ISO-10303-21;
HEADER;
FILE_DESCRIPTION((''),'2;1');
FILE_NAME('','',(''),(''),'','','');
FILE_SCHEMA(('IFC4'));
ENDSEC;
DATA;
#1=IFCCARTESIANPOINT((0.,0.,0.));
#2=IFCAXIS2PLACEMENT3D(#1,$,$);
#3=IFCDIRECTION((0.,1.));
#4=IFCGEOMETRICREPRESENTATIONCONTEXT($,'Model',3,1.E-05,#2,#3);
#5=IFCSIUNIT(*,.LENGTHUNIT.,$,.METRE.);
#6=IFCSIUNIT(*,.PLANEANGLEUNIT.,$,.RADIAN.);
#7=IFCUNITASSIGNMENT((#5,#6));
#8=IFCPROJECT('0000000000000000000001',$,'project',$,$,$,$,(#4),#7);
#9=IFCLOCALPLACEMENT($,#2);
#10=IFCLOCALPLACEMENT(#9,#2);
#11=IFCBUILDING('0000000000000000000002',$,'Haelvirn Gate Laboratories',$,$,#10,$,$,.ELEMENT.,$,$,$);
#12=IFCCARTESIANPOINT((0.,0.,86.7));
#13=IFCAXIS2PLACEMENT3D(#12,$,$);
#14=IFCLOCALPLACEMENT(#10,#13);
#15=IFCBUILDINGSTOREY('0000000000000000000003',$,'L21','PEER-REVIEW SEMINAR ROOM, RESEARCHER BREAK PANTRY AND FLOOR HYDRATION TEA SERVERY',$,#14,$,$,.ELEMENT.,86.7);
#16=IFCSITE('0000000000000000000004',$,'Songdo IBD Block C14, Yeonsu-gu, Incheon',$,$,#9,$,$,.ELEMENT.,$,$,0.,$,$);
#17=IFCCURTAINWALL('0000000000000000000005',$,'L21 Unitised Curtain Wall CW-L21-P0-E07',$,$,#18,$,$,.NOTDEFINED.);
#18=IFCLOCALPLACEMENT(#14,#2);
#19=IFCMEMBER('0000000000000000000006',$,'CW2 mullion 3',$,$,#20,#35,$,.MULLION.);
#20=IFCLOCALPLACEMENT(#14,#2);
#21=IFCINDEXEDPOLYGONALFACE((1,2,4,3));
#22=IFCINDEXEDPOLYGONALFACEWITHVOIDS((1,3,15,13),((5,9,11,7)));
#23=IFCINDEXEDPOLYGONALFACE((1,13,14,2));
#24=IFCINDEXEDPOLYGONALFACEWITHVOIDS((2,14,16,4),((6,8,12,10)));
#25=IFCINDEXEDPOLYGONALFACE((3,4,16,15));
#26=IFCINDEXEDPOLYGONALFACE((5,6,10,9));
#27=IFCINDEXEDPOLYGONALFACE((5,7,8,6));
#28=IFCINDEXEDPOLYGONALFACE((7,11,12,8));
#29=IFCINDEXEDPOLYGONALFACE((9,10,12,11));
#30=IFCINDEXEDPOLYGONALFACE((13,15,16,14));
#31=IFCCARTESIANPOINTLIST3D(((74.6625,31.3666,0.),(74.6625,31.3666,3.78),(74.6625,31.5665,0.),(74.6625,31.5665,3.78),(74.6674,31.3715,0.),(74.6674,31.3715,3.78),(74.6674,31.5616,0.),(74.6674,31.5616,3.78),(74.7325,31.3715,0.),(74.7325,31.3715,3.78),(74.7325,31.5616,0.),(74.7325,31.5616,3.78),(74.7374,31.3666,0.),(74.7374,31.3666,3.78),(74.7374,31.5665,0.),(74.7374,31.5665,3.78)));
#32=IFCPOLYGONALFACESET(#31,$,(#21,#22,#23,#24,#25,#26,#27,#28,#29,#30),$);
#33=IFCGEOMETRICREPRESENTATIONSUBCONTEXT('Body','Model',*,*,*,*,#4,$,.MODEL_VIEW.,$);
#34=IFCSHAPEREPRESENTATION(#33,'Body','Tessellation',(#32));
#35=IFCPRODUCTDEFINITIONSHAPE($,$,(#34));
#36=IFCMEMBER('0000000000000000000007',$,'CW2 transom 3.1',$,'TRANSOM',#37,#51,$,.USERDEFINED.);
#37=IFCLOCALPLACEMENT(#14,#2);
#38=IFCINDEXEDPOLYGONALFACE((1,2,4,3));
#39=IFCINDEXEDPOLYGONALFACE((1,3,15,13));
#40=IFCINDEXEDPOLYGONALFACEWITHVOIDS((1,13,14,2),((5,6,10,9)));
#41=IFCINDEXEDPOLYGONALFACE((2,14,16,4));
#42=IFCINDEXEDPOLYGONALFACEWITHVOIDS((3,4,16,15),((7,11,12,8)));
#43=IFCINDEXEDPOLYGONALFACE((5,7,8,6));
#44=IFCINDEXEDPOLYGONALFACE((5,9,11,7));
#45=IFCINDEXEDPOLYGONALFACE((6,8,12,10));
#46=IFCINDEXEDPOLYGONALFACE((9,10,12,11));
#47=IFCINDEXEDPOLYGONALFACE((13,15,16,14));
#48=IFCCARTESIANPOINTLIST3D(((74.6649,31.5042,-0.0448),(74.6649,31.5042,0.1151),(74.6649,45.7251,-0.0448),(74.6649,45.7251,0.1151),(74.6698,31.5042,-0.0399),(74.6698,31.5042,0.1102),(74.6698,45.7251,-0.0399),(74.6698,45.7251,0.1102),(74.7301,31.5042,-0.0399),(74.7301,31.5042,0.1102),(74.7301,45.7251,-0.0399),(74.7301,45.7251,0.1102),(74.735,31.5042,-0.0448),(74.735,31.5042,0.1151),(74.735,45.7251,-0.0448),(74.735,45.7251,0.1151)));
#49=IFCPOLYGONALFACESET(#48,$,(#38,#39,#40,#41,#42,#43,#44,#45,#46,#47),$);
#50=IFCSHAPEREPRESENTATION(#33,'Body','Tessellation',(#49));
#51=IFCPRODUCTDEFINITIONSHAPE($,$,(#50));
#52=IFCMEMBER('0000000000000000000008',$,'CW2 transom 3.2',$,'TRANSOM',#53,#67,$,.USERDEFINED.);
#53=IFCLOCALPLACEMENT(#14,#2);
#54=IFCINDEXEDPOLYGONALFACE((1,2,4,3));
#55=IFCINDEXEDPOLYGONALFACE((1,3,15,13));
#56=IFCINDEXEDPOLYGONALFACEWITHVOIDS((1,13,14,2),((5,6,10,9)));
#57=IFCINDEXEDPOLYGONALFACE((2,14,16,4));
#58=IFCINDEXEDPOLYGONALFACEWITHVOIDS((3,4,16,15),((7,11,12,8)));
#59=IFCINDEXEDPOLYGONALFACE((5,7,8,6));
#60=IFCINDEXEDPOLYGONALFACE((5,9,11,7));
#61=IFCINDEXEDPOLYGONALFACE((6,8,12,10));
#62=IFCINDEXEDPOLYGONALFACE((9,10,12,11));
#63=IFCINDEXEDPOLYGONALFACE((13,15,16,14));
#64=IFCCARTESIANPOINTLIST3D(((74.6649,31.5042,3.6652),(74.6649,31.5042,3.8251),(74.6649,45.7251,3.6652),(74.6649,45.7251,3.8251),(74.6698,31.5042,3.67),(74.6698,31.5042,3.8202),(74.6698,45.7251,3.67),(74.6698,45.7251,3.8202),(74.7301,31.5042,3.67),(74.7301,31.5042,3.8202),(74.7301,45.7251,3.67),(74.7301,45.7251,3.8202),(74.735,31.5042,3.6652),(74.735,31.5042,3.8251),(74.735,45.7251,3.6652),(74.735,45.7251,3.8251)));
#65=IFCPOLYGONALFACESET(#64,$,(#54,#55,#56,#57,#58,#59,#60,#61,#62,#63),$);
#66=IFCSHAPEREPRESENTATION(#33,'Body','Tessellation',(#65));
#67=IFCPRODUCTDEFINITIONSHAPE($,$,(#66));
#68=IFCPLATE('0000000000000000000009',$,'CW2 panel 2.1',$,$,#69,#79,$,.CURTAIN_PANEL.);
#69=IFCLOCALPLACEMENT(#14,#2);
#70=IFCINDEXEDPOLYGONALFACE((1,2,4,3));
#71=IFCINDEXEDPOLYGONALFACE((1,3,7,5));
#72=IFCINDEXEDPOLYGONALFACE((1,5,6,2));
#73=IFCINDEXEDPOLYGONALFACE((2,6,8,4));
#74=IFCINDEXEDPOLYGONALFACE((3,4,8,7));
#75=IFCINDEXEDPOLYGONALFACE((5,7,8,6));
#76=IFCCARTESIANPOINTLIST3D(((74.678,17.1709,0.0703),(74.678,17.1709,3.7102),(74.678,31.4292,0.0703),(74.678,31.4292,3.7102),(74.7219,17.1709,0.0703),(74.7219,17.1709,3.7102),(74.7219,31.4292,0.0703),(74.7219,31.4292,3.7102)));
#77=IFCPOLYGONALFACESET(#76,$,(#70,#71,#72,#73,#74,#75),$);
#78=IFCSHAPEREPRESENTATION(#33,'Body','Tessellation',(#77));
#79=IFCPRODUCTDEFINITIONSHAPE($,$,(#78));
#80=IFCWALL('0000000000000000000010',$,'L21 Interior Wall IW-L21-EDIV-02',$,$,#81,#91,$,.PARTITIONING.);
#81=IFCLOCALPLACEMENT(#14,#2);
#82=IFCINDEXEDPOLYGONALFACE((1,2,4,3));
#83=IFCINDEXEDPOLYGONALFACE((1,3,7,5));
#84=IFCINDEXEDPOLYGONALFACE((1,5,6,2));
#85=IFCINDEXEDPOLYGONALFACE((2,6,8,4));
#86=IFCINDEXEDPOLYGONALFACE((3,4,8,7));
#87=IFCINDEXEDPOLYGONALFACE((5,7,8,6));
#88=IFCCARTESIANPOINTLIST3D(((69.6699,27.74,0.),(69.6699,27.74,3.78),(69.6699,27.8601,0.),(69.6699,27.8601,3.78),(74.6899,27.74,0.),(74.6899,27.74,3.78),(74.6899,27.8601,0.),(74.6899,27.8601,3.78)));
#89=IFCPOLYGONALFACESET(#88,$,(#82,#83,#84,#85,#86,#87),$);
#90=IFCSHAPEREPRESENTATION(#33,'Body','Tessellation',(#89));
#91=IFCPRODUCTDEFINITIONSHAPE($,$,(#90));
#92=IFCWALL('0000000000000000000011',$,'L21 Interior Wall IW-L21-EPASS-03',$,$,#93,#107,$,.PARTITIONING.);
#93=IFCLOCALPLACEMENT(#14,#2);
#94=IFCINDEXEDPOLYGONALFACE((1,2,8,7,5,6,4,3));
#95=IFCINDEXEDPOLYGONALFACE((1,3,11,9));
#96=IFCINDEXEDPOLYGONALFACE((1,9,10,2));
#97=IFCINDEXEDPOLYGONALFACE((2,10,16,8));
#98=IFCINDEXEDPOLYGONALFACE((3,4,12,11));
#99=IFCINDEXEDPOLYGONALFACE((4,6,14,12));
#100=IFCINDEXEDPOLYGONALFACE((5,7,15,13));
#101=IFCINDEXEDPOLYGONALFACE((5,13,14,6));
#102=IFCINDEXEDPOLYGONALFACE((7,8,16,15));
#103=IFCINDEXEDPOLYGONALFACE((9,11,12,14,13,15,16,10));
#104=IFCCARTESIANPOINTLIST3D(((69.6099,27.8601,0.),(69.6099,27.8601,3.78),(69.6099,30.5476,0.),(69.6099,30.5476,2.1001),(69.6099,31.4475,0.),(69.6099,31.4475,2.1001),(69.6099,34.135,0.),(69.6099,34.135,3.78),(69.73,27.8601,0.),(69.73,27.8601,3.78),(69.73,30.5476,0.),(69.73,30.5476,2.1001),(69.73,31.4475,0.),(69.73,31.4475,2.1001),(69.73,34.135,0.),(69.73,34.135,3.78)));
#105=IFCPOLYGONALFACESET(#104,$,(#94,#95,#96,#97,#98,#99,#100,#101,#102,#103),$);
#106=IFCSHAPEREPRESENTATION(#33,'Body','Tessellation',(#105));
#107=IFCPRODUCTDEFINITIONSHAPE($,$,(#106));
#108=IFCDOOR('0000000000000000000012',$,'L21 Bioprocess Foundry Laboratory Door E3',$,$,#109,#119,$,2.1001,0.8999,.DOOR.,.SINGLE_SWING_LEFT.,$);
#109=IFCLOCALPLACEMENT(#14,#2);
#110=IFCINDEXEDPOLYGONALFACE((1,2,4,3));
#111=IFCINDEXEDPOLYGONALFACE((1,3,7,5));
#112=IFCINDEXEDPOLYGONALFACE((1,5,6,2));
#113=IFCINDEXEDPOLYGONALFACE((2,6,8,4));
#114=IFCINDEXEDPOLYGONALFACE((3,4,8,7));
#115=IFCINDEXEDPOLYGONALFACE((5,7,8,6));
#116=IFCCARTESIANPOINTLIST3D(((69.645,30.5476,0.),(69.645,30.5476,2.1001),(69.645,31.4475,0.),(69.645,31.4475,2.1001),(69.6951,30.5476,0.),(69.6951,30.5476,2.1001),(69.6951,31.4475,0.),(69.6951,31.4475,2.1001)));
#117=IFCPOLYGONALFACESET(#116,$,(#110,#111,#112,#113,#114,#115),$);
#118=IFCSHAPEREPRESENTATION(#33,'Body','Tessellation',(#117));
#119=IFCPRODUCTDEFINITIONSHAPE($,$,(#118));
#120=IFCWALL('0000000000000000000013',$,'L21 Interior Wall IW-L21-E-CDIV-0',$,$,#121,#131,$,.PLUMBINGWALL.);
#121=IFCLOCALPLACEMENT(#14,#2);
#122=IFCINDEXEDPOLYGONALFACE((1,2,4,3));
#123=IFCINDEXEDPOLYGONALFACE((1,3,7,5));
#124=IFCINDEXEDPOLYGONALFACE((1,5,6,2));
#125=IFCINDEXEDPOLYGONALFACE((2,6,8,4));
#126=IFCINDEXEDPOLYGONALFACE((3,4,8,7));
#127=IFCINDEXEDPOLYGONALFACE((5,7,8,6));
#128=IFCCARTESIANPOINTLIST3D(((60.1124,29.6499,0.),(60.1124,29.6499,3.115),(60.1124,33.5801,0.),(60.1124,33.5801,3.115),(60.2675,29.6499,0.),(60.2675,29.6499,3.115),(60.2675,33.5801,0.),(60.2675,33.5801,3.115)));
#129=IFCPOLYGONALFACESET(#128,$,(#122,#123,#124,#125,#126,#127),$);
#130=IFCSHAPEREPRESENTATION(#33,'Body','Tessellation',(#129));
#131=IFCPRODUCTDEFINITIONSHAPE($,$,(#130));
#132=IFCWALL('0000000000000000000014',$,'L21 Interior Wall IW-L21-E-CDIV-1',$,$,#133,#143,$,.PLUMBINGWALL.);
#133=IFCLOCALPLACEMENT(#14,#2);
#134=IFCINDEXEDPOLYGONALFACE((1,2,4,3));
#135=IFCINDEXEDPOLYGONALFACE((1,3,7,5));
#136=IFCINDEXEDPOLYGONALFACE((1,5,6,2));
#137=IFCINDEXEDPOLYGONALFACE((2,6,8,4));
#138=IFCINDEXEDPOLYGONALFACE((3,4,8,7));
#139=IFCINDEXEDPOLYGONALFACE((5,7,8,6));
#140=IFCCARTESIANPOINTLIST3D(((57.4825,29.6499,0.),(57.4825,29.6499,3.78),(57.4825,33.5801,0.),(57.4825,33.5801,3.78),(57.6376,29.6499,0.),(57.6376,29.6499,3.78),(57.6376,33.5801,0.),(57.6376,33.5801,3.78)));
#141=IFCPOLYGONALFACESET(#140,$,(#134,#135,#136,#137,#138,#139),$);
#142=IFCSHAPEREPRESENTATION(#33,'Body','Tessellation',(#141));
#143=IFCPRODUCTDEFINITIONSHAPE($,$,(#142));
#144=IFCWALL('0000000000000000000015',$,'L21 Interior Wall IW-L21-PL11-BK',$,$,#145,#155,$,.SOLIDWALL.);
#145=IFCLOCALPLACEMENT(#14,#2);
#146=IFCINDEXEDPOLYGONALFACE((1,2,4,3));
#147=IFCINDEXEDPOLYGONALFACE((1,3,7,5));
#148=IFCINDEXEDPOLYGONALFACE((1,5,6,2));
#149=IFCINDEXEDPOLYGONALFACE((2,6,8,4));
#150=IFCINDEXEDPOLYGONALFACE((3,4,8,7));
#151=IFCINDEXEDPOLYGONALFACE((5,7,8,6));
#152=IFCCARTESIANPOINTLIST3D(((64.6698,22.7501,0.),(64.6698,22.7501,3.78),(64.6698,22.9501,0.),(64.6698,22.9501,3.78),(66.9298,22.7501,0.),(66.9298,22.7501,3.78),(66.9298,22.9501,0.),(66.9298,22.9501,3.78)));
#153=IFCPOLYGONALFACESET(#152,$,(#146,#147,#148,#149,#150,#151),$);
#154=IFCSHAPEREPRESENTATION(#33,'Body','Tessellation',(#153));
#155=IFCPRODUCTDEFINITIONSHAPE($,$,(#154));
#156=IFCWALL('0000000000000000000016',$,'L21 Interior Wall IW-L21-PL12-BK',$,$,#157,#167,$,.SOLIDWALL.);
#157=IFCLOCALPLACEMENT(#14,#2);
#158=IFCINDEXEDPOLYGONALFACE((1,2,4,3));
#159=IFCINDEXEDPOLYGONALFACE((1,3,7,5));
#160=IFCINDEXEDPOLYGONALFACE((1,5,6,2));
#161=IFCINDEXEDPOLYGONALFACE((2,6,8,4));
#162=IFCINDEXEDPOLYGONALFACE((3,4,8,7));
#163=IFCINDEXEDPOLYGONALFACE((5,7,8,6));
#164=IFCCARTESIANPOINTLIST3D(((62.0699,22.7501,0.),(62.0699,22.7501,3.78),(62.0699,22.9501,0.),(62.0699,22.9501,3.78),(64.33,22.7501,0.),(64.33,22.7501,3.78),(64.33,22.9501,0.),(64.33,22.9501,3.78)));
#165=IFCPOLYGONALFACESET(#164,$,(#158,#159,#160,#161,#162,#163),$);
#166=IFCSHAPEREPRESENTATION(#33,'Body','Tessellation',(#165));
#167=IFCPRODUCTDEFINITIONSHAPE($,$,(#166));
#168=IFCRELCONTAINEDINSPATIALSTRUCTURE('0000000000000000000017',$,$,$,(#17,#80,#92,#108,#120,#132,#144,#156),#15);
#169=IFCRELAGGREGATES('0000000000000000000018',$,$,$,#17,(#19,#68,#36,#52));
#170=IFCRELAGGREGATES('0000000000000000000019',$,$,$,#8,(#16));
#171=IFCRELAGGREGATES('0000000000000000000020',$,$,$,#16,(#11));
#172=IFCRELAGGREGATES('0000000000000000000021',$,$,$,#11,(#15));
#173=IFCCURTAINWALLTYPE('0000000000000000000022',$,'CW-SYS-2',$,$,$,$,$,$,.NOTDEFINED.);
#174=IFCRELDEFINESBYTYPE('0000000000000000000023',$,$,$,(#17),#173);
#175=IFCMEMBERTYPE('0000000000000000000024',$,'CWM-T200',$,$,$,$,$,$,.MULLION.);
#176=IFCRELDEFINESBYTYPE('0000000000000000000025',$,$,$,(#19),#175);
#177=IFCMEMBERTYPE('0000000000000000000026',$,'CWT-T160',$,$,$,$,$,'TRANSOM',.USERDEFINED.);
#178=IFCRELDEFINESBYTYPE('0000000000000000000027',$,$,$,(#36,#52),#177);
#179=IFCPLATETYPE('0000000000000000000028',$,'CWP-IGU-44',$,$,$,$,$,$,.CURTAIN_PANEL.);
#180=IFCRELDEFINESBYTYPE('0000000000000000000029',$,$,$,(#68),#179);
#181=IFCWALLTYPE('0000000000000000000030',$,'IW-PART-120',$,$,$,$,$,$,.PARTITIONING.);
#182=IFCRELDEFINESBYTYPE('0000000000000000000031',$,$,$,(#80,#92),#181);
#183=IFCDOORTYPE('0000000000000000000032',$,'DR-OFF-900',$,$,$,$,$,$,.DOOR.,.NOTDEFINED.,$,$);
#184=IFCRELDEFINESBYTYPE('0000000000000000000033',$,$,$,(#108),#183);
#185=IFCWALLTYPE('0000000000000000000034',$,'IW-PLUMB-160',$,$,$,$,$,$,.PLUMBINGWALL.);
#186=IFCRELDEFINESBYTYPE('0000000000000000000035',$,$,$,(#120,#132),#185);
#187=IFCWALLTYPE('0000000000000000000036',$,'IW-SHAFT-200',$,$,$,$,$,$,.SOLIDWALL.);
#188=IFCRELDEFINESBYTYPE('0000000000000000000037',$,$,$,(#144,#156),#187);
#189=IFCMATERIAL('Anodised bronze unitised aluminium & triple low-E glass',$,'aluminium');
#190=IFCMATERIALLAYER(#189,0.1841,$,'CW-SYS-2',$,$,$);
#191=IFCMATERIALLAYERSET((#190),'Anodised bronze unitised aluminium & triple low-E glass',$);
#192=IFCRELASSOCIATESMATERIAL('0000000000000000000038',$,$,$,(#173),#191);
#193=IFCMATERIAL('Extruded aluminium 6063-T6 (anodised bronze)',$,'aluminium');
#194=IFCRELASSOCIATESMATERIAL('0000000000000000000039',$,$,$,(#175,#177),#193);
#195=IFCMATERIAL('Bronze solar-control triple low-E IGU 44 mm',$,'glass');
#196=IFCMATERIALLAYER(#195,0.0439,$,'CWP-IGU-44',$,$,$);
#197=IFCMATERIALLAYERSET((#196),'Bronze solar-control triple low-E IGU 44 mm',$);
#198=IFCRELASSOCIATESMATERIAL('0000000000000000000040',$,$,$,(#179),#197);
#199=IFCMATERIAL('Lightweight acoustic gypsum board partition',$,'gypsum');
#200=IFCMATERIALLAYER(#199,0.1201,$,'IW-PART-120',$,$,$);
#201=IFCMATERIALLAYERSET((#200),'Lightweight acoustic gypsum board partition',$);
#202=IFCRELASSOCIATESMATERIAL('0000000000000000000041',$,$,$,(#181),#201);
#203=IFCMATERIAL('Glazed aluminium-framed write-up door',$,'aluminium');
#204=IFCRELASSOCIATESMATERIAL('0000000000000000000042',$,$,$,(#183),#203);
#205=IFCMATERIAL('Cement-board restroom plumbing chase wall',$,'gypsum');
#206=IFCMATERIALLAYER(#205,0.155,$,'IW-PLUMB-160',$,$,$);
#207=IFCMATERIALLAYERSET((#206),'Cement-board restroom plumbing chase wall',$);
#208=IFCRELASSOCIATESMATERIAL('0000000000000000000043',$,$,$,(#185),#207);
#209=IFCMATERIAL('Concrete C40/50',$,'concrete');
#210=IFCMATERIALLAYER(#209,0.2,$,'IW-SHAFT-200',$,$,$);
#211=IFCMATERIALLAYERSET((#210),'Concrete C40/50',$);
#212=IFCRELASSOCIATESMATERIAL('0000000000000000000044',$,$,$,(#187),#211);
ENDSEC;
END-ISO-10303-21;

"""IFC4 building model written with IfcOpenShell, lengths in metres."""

from ifc_helpers import new_model, si_unit, direction, frame, frame_2d, origin, origin_2d, place, context, subcontext, project, spatial, rectangle, hollow_rectangle, extrude, source, transform, mapped, material, layer, layer_set, material_profile, profile_set, type_object, type_shapes, element, fill, aggregate, save


model = new_model("IFC4")

# Units and contexts
model_context = context("Model", 3, precision=1e-05, world=origin(), true_north=direction((0.0, 1.0)))
body_context = subcontext(model_context, "Body", "Model", "MODEL_VIEW")
ifc_project = project(units=[si_unit("LENGTHUNIT", "METRE"), si_unit("PLANEANGLEUNIT", "RADIAN")], contexts=[model_context])

# Site, building, storey
site_placement = place(None, origin())
site = spatial("IfcSite", under=ifc_project, at=site_placement, Name="Songdo IBD Block C14, Yeonsu-gu, Incheon", CompositionType="ELEMENT", RefElevation=0.0)
building_placement = place(site_placement, origin())
building = spatial("IfcBuilding", under=site, at=building_placement, Name="Haelvirn Gate Laboratories", CompositionType="ELEMENT")
storey_placement = place(building_placement, frame((0.0, 0.0, 86.7)))
storey = spatial("IfcBuildingStorey", under=building, at=storey_placement, Name="L21", Description="PEER-REVIEW SEMINAR ROOM, RESEARCHER BREAK PANTRY AND FLOOR HYDRATION TEA SERVERY", CompositionType="ELEMENT", Elevation=86.7)

# Curtain wall, members, plate
ifc_material_1 = material(Name="Anodised bronze unitised aluminium & triple low-E glass", Category="aluminium")
ifc_layer_1 = layer(ifc_material_1, 0.1841, Name="CW-SYS-2")
ifc_layer_set_1 = layer_set([ifc_layer_1], Name="Anodised bronze unitised aluminium & triple low-E glass")
curtain_wall_type = type_object("IfcCurtainWallType", Name="CW-SYS-2", PredefinedType="NOTDEFINED", material=ifc_layer_set_1)
curtain_wall_placement = place(storey_placement, origin())
curtain_wall = element("IfcCurtainWall", 1, at=curtain_wall_placement, inside=storey, type_object=curtain_wall_type, Name="L21 Unitised Curtain Wall CW-L21-P0-E07", PredefinedType="NOTDEFINED")
ifc_material_2 = material(Name="Extruded aluminium 6063-T6 (anodised bronze)", Category="aluminium")
ifc_material_profile_1 = material_profile(ifc_material_2, hollow_rectangle(XDim=0.075, YDim=0.2, WallThickness=0.0049, at=origin_2d()), Name="CWM-200x75x5")
ifc_profile_set_1 = profile_set([ifc_material_profile_1], Name="Extruded aluminium 6063-T6 (anodised bronze)")
member_type_1 = type_object("IfcMemberType", Name="CWM-T200", PredefinedType="MULLION", material=ifc_profile_set_1)
shared_shape_1 = source(origin(), body_context, "Body", "SweptSolid", [
    extrude(hollow_rectangle(XDim=0.075, YDim=0.2, WallThickness=0.0049, at=origin_2d()), origin(), (0.0, 0.0, 1.0), 3.78),
])
type_shapes(member_type_1, [shared_shape_1])
member_1_placement = place(storey_placement, frame((74.7, 31.4666, 0.0), z_axis=(0.0, 0.0, 1.0), x_axis=(-1.0, 0.0, 0.0)))
member_1 = element("IfcMember", 2, at=member_1_placement, type_object=member_type_1, Name="CW2 mullion 3", PredefinedType="MULLION", context=body_context, shape_type="MappedRepresentation", body=[
    mapped(shared_shape_1, transform((0.0, 0.0, 0.0), scale=1.0)),
])
ifc_material_profile_2 = material_profile(ifc_material_2, hollow_rectangle(XDim=0.0701, YDim=0.1599, WallThickness=0.0049, at=origin_2d()), Name="CWT-160x70x5")
ifc_profile_set_2 = profile_set([ifc_material_profile_2], Name="Extruded aluminium 6063-T6 (anodised bronze)")
member_type_2 = type_object("IfcMemberType", Name="CWT-T160", ElementType="TRANSOM", PredefinedType="USERDEFINED", material=ifc_profile_set_2)
shared_shape_2 = source(origin(), body_context, "Body", "SweptSolid", [
    extrude(hollow_rectangle(XDim=0.0701, YDim=0.1599, WallThickness=0.0049, at=origin_2d()), origin(), (0.0, 0.0, 1.0), 14.2209),
])
type_shapes(member_type_2, [shared_shape_2])
member_2_placement = place(storey_placement, frame((74.7, 31.5042, 0.0352), z_axis=(0.0, 1.0, 0.0), x_axis=(-1.0, 0.0, 0.0)))
member_2 = element("IfcMember", 3, at=member_2_placement, type_object=member_type_2, Name="CW2 transom 3.1", ObjectType="TRANSOM", PredefinedType="USERDEFINED", context=body_context, shape_type="MappedRepresentation", body=[
    mapped(shared_shape_2, transform((0.0, 0.0, 0.0), scale=1.0)),
])
member_3_placement = place(storey_placement, frame((74.7, 31.5042, 3.7451), z_axis=(0.0, 1.0, 0.0), x_axis=(-1.0, 0.0, 0.0)))
member_3 = element("IfcMember", 4, at=member_3_placement, type_object=member_type_2, Name="CW2 transom 3.2", ObjectType="TRANSOM", PredefinedType="USERDEFINED", context=body_context, shape_type="MappedRepresentation", body=[
    mapped(shared_shape_2, transform((0.0, 0.0, 0.0), scale=1.0)),
])
ifc_material_3 = material(Name="Bronze solar-control triple low-E IGU 44 mm", Category="glass")
ifc_layer_2 = layer(ifc_material_3, 0.0439, Name="CWP-IGU-44")
ifc_layer_set_2 = layer_set([ifc_layer_2], Name="Bronze solar-control triple low-E IGU 44 mm")
plate_type = type_object("IfcPlateType", Name="CWP-IGU-44", PredefinedType="CURTAIN_PANEL", material=ifc_layer_set_2)
shared_shape_3 = source(origin(), body_context, "Body", "SweptSolid", [
    extrude(rectangle(XDim=14.2583, YDim=0.0439, at=origin_2d()), origin(), (0.0, 0.0, 1.0), 3.6399),
])
type_shapes(plate_type, [shared_shape_3])
plate_placement = place(storey_placement, frame((74.7, 24.3, 0.0703), z_axis=(0.0, 0.0, 1.0), x_axis=(0.0, 1.0, 0.0)))
plate = element("IfcPlate", 5, at=plate_placement, type_object=plate_type, Name="CW2 panel 2.1", PredefinedType="CURTAIN_PANEL", context=body_context, shape_type="MappedRepresentation", body=[
    mapped(shared_shape_3, transform((0.0, 0.0, 0.0), scale=1.0)),
])
aggregate(curtain_wall, [member_1, plate, member_2, member_3])

# Wall
ifc_material_4 = material(Name="Lightweight acoustic gypsum board partition", Category="gypsum")
ifc_layer_3 = layer(ifc_material_4, 0.1201, Name="IW-PART-120")
ifc_layer_set_3 = layer_set([ifc_layer_3], Name="Lightweight acoustic gypsum board partition")
wall_type_1 = type_object("IfcWallType", Name="IW-PART-120", PredefinedType="PARTITIONING", material=ifc_layer_set_3)
wall_1_placement = place(storey_placement, frame((69.6699, 27.8, 0.0), z_axis=(0.0, 0.0, 1.0), x_axis=(1.0, 0.0, 0.0)))
element("IfcWall", 6, at=wall_1_placement, inside=storey, type_object=wall_type_1, Name="L21 Interior Wall IW-L21-EDIV-02", PredefinedType="PARTITIONING", context=body_context, shape_type="SweptSolid", body=[
    extrude(rectangle(XDim=5.02, YDim=0.1201, at=frame_2d((2.51, 0.0))), origin(), (0.0, 0.0, 1.0), 3.78),
])

# Wall, opening, door
wall_2_placement = place(storey_placement, frame((69.6699, 27.8601, 0.0), z_axis=(0.0, 0.0, 1.0), x_axis=(0.0, 1.0, 0.0)))
wall_2 = element("IfcWall", 7, at=wall_2_placement, inside=storey, type_object=wall_type_1, Name="L21 Interior Wall IW-L21-EPASS-03", PredefinedType="PARTITIONING", context=body_context, shape_type="SweptSolid", body=[
    extrude(rectangle(XDim=6.2749, YDim=0.1201, at=frame_2d((3.1375, 0.0))), origin(), (0.0, 0.0, 1.0), 3.78),
])
opening_1_placement = place(wall_2_placement, frame((2.6875, 0.0, 0.0)))
opening_1 = element("IfcOpeningElement", 8, at=opening_1_placement, cuts=wall_2, PredefinedType="OPENING", context=body_context, shape_type="SweptSolid", body=[
    extrude(rectangle(XDim=0.8999, YDim=2.1001, at=frame_2d((0.45, 1.05))), frame((0.0, 0.0701, 0.0), z_axis=(0.0, -1.0, 0.0), x_axis=(1.0, 0.0, 0.0)), (0.0, 0.0, 1.0), 0.1401),
])
ifc_material_5 = material(Name="Glazed aluminium-framed write-up door", Category="aluminium")
door_type_1 = type_object("IfcDoorType", Name="DR-OFF-900", OperationType="NOTDEFINED", PredefinedType="DOOR", material=ifc_material_5)
shared_shape_4 = source(origin(), body_context, "Body", "SweptSolid", [
    extrude(rectangle(XDim=0.8999, YDim=2.1001, at=frame_2d((0.45, 1.05))), frame((0.0, 0.0249, 0.0), z_axis=(0.0, -1.0, 0.0), x_axis=(1.0, 0.0, 0.0)), (0.0, 0.0, 1.0), 0.05),
])
type_shapes(door_type_1, [shared_shape_4])
door_1_placement = place(opening_1_placement, origin())
door_1 = element("IfcDoor", 9, at=door_1_placement, inside=storey, type_object=door_type_1, Name="L21 Bioprocess Foundry Laboratory Door E3", OperationType="SINGLE_SWING_LEFT", OverallHeight=2.1001, OverallWidth=0.8999, PredefinedType="DOOR", context=body_context, shape_type="MappedRepresentation", body=[
    mapped(shared_shape_4, transform((0.0, 0.0, 0.0), scale=1.0)),
])
fill(opening_1, door_1)

# Walls
ifc_material_6 = material(Name="Cement-board restroom plumbing chase wall", Category="gypsum")
ifc_layer_4 = layer(ifc_material_6, 0.155, Name="IW-PLUMB-160")
ifc_layer_set_4 = layer_set([ifc_layer_4], Name="Cement-board restroom plumbing chase wall")
wall_type_2 = type_object("IfcWallType", Name="IW-PLUMB-160", PredefinedType="PLUMBINGWALL", material=ifc_layer_set_4)
wall_3_placement = place(storey_placement, frame((60.1899, 29.6499, 0.0), z_axis=(0.0, 0.0, 1.0), x_axis=(0.0, 1.0, 0.0)))
element("IfcWall", 10, at=wall_3_placement, inside=storey, type_object=wall_type_2, Name="L21 Interior Wall IW-L21-E-CDIV-0", PredefinedType="PLUMBINGWALL", context=body_context, shape_type="SweptSolid", body=[
    extrude(rectangle(XDim=3.9302, YDim=0.155, at=frame_2d((1.9651, 0.0))), origin(), (0.0, 0.0, 1.0), 3.115),
])
wall_4_placement = place(storey_placement, frame((57.5601, 29.6499, 0.0), z_axis=(0.0, 0.0, 1.0), x_axis=(0.0, 1.0, 0.0)))
element("IfcWall", 11, at=wall_4_placement, inside=storey, type_object=wall_type_2, Name="L21 Interior Wall IW-L21-E-CDIV-1", PredefinedType="PLUMBINGWALL", context=body_context, shape_type="SweptSolid", body=[
    extrude(rectangle(XDim=3.9302, YDim=0.155, at=frame_2d((1.9651, 0.0))), origin(), (0.0, 0.0, 1.0), 3.78),
])
ifc_material_7 = material(Name="Concrete C40/50", Category="concrete")
ifc_layer_5 = layer(ifc_material_7, 0.2, Name="IW-SHAFT-200")
ifc_layer_set_5 = layer_set([ifc_layer_5], Name="Concrete C40/50")
wall_type_3 = type_object("IfcWallType", Name="IW-SHAFT-200", PredefinedType="SOLIDWALL", material=ifc_layer_set_5)
for number, where, z_axis, x_axis, name in (
    (12, (64.6699, 22.8501, 0.0), (0.0, 0.0, 1.0), (1.0, 0.0, 0.0), "L21 Interior Wall IW-L21-PL11-BK"),
    (13, (62.0701, 22.8501, 0.0), (0.0, 0.0, 1.0), (1.0, 0.0, 0.0), "L21 Interior Wall IW-L21-PL12-BK"),
):
    element("IfcWall", number, at=place(storey_placement, frame(where, z_axis=z_axis, x_axis=x_axis)), inside=storey, type_object=wall_type_3, Name=name, PredefinedType="SOLIDWALL", context=body_context, shape_type="SweptSolid", body=[
        extrude(rectangle(XDim=2.26, YDim=0.2, at=frame_2d((1.1299, 0.0))), origin(), (0.0, 0.0, 1.0), 3.78),
    ])

save(model, "model.ifc")
